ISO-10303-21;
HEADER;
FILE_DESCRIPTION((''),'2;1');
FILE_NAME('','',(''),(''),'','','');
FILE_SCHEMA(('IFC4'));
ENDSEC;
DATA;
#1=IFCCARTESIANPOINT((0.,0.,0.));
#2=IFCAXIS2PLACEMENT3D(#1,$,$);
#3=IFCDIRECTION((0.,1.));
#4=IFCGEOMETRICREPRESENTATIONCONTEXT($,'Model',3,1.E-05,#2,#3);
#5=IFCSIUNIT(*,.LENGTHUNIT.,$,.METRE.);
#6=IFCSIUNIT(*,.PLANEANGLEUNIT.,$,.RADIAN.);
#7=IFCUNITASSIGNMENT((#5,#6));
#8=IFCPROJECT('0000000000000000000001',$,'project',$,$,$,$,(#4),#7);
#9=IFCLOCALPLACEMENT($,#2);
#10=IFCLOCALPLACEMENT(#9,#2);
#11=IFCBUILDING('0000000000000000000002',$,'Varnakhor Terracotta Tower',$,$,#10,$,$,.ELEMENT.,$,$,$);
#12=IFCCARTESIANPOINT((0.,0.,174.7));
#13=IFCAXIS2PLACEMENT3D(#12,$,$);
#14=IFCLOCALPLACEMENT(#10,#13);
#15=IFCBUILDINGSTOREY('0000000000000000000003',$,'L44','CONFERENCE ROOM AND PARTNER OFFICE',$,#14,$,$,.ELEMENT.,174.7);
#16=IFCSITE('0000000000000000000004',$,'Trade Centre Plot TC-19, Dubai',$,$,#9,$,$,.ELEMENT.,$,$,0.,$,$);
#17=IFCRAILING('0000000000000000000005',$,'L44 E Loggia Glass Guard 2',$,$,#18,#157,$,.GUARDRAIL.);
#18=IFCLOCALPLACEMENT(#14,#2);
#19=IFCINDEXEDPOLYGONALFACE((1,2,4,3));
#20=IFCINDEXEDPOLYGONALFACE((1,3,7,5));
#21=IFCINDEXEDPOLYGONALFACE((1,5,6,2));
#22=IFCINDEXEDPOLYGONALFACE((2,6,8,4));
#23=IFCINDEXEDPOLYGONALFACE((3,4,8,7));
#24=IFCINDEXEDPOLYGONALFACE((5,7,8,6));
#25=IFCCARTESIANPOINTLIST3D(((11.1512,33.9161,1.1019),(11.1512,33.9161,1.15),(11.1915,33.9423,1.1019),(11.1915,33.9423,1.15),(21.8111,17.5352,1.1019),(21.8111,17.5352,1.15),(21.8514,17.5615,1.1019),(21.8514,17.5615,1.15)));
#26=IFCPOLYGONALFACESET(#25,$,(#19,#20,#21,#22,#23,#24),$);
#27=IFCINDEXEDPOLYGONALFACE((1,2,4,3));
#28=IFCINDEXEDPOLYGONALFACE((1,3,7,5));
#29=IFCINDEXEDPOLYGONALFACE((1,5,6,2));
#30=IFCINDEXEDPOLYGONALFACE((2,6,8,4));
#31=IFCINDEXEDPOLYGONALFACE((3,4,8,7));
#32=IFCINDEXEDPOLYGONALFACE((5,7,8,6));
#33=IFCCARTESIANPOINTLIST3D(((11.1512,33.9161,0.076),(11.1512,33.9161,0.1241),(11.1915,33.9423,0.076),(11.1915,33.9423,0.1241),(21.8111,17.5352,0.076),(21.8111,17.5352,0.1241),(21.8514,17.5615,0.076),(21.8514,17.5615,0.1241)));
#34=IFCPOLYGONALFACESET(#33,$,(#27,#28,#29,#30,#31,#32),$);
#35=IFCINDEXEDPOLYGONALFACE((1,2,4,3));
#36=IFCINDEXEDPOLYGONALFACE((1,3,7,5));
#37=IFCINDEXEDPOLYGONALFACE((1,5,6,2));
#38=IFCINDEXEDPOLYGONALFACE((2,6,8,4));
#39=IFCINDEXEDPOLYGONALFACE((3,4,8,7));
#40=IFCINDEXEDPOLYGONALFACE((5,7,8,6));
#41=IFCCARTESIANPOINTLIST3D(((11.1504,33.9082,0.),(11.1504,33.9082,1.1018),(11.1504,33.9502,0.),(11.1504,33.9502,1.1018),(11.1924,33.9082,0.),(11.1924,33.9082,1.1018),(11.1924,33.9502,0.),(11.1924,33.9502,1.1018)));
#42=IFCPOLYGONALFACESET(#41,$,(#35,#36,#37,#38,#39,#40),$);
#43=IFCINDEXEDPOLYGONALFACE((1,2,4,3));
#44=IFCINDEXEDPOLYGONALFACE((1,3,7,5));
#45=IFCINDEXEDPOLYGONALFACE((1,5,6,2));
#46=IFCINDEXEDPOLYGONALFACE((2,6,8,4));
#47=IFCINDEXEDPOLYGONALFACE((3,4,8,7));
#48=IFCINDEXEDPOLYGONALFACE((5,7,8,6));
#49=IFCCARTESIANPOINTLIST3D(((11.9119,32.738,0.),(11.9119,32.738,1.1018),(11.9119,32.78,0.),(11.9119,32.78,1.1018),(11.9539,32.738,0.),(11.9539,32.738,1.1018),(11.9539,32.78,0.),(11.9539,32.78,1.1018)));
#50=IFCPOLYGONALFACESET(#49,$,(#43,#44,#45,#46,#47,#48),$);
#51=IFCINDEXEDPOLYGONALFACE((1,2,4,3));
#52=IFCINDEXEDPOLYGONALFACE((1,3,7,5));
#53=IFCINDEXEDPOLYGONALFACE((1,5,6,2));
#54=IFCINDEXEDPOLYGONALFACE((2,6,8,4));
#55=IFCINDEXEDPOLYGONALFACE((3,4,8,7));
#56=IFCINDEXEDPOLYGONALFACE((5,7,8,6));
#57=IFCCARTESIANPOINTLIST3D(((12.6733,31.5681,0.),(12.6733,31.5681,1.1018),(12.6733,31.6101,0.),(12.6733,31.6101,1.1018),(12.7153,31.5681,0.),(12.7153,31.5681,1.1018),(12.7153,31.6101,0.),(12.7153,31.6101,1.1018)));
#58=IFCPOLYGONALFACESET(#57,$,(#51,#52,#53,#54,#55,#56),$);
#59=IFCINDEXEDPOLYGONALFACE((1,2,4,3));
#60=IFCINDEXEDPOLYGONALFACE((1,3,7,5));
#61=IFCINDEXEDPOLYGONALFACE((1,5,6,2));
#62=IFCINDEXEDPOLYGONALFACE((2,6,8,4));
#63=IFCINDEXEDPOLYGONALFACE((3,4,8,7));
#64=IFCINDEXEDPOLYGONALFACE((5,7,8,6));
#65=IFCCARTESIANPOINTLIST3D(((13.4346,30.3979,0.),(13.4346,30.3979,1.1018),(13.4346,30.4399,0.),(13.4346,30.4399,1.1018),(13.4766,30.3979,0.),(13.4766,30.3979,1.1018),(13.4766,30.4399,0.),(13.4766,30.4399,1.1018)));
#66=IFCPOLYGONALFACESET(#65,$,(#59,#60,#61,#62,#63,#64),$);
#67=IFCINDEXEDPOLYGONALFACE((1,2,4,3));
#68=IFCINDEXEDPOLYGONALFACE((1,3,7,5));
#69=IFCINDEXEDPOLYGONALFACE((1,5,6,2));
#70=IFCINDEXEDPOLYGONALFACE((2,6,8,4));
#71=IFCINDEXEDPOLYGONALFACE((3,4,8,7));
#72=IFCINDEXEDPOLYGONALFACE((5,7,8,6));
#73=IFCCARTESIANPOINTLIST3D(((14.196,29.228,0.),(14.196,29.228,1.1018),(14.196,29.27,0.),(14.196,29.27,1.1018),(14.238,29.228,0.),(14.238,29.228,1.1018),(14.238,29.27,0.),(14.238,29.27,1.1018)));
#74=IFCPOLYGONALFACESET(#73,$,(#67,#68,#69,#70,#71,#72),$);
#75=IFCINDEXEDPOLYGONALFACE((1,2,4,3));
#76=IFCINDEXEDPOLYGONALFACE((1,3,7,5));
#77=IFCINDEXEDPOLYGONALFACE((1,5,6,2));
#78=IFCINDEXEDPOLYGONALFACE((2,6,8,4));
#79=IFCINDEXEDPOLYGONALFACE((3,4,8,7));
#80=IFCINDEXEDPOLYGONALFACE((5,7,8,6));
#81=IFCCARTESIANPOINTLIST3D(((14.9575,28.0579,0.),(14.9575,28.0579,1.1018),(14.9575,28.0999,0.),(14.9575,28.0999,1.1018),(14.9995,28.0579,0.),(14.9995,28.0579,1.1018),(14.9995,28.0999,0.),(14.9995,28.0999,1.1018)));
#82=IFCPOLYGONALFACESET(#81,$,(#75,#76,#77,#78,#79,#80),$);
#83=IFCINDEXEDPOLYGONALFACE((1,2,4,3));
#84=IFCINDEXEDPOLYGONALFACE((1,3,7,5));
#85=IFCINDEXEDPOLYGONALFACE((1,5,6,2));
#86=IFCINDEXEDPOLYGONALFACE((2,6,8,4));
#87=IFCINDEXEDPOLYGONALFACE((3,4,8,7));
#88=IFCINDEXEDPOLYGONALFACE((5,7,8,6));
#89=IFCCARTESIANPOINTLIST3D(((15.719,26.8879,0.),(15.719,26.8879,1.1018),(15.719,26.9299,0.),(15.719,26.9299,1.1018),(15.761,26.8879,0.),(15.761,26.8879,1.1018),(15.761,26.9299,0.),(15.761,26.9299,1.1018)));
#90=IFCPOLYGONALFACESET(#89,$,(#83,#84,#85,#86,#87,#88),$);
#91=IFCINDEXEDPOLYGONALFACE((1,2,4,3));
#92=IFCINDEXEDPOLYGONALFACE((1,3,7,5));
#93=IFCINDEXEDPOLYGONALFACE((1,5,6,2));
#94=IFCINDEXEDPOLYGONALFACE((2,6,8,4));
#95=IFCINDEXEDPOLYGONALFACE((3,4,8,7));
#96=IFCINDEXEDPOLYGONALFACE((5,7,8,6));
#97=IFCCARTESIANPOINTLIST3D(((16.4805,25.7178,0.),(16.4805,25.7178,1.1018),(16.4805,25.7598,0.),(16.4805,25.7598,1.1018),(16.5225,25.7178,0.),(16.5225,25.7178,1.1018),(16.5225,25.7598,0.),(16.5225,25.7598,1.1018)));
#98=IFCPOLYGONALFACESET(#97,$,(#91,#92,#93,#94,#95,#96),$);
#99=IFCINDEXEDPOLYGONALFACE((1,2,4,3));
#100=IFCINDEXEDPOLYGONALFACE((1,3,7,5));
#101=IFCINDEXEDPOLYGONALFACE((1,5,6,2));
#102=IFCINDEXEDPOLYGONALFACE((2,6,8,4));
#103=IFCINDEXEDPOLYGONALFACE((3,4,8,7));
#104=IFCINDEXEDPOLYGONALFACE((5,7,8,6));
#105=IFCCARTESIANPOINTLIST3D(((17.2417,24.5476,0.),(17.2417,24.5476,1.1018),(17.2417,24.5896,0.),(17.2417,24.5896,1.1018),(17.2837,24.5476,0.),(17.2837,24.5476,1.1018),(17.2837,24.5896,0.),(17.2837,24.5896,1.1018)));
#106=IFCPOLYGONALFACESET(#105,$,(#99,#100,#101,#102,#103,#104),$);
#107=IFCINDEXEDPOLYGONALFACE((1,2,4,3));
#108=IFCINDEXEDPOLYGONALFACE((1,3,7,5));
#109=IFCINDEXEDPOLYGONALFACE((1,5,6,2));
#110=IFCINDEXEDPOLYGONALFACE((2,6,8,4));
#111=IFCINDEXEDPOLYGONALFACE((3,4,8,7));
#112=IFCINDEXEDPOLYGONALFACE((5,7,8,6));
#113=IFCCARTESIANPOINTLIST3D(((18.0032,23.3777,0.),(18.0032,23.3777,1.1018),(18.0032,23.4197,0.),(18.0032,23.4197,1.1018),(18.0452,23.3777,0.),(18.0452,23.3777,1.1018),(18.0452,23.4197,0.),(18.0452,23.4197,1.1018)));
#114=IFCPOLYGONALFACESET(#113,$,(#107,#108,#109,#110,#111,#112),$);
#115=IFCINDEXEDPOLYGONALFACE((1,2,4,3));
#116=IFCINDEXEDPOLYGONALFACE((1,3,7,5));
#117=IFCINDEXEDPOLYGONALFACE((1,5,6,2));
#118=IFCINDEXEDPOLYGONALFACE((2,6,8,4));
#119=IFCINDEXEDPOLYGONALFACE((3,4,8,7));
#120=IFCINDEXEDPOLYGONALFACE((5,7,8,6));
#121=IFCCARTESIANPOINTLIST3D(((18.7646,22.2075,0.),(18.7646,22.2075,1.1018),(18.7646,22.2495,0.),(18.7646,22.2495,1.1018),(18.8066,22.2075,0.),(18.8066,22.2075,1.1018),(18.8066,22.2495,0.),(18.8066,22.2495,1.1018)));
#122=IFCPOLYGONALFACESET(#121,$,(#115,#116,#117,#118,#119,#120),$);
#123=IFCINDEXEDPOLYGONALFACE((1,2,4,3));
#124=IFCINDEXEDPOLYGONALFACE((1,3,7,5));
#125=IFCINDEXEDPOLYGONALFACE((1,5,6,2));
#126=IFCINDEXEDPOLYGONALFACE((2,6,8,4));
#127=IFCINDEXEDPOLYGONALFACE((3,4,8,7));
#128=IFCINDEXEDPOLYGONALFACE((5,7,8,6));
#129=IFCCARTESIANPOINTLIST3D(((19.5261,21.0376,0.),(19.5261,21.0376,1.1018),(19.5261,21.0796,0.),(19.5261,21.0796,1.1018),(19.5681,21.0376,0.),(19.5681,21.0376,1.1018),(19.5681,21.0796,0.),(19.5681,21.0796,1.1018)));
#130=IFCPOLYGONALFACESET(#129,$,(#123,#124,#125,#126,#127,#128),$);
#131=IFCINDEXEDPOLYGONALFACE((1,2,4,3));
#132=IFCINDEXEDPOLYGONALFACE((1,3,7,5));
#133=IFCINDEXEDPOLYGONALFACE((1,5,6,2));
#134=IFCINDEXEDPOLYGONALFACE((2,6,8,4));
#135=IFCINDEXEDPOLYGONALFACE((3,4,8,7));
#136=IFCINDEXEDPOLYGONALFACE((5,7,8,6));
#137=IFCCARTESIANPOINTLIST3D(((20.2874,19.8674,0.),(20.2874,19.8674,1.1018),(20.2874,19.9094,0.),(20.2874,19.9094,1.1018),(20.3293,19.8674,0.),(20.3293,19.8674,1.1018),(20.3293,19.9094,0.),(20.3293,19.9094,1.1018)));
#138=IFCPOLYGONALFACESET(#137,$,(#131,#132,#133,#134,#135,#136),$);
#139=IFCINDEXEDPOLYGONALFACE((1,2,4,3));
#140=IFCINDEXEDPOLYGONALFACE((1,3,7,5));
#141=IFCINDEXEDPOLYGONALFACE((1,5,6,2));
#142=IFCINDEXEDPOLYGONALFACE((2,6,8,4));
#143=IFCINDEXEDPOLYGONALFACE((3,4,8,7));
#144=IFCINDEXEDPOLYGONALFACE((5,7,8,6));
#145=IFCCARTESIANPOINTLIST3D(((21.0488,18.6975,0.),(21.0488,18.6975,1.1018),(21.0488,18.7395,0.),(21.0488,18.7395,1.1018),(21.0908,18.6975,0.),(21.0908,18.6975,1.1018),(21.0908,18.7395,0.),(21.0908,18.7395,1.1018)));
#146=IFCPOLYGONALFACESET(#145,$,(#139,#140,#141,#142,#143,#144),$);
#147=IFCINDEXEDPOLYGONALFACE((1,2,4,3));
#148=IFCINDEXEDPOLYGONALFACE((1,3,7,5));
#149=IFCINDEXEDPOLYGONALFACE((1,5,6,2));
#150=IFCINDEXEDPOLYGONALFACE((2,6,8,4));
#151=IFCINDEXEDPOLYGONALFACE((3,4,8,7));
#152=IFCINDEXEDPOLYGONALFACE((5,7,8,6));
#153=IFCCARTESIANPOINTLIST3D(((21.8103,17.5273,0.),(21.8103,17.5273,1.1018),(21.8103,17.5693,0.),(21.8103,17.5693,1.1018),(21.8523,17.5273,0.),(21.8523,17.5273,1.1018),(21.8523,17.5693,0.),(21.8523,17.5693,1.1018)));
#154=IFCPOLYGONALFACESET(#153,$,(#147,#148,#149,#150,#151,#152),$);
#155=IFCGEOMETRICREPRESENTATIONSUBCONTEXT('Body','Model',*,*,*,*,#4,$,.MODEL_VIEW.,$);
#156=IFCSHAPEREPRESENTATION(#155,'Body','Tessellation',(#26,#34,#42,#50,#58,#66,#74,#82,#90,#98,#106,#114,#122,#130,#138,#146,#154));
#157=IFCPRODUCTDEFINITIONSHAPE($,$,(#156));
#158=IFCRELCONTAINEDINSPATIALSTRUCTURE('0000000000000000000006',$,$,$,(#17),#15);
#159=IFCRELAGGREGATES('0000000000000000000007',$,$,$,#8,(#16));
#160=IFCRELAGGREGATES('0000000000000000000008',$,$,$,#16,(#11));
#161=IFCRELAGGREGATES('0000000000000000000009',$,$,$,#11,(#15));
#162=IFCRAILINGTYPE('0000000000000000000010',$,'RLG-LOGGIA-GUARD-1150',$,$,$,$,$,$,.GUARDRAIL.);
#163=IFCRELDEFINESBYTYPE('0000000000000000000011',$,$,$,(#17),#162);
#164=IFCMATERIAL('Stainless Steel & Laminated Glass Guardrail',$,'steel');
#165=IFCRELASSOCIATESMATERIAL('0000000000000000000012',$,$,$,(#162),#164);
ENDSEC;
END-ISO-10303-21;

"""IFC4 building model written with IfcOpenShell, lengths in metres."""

from ifc_helpers import new_model, si_unit, direction, frame, origin, origin_2d, place, context, subcontext, project, spatial, rectangle, extrude, material, type_object, element, save


model = new_model("IFC4")

# Units and contexts
model_context = context("Model", 3, precision=1e-05, world=origin(), true_north=direction((0.0, 1.0)))
body_context = subcontext(model_context, "Body", "Model", "MODEL_VIEW")
ifc_project = project(units=[si_unit("LENGTHUNIT", "METRE"), si_unit("PLANEANGLEUNIT", "RADIAN")], contexts=[model_context])

# Site, building, storey
site_placement = place(None, origin())
site = spatial("IfcSite", under=ifc_project, at=site_placement, Name="Trade Centre Plot TC-19, Dubai", CompositionType="ELEMENT", RefElevation=0.0)
building_placement = place(site_placement, origin())
building = spatial("IfcBuilding", under=site, at=building_placement, Name="Varnakhor Terracotta Tower", CompositionType="ELEMENT")
storey_placement = place(building_placement, frame((0.0, 0.0, 174.7)))
storey = spatial("IfcBuildingStorey", under=building, at=storey_placement, Name="L44", Description="CONFERENCE ROOM AND PARTNER OFFICE", CompositionType="ELEMENT", Elevation=174.7)

# Railing
ifc_material_1 = material(Name="Stainless Steel & Laminated Glass Guardrail", Category="steel")
railing_type = type_object("IfcRailingType", Name="RLG-LOGGIA-GUARD-1150", PredefinedType="GUARDRAIL", material=ifc_material_1)
railing_1_placement = place(storey_placement, frame((11.1714, 33.9292, 0.0)))
element("IfcRailing", 1, at=railing_1_placement, inside=storey, type_object=railing_type, Name="L44 E Loggia Glass Guard 2", PredefinedType="GUARDRAIL", context=body_context, shape_type="SweptSolid", body=[
    extrude(rectangle(XDim=0.0481, YDim=0.0481, at=origin_2d()), frame((0.0, 0.0, 1.126), z_axis=(0.545433, -0.838155, 0.0), x_axis=(0.838155, 0.545433, 0.0)), (0.0, 0.0, 1.0), 19.5439),
    extrude(rectangle(XDim=0.0481, YDim=0.0481, at=origin_2d()), frame((0.0, 0.0, 0.1001), z_axis=(0.545433, -0.838155, 0.0), x_axis=(0.838155, 0.545433, 0.0)), (0.0, 0.0, 1.0), 19.5439),
    extrude(rectangle(XDim=0.042, YDim=0.042, at=origin_2d()), origin(), (0.0, 0.0, 1.0), 1.1018),
    extrude(rectangle(XDim=0.042, YDim=0.042, at=origin_2d()), frame((0.7615, -1.1702, 0.0)), (0.0, 0.0, 1.0), 1.1018),
    extrude(rectangle(XDim=0.042, YDim=0.042, at=origin_2d()), frame((1.5229, -2.3401, 0.0)), (0.0, 0.0, 1.0), 1.1018),
    extrude(rectangle(XDim=0.042, YDim=0.042, at=origin_2d()), frame((2.2842, -3.5103, 0.0)), (0.0, 0.0, 1.0), 1.1018),
    extrude(rectangle(XDim=0.042, YDim=0.042, at=origin_2d()), frame((3.0457, -4.6802, 0.0)), (0.0, 0.0, 1.0), 1.1018),
    extrude(rectangle(XDim=0.042, YDim=0.042, at=origin_2d()), frame((3.8071, -5.8503, 0.0)), (0.0, 0.0, 1.0), 1.1018),
    extrude(rectangle(XDim=0.042, YDim=0.042, at=origin_2d()), frame((4.5686, -7.0203, 0.0)), (0.0, 0.0, 1.0), 1.1018),
    extrude(rectangle(XDim=0.042, YDim=0.042, at=origin_2d()), frame((5.3301, -8.1904, 0.0)), (0.0, 0.0, 1.0), 1.1018),
    extrude(rectangle(XDim=0.042, YDim=0.042, at=origin_2d()), frame((6.0913, -9.3606, 0.0)), (0.0, 0.0, 1.0), 1.1018),
    extrude(rectangle(XDim=0.042, YDim=0.042, at=origin_2d()), frame((6.8528, -10.5305, 0.0)), (0.0, 0.0, 1.0), 1.1018),
    extrude(rectangle(XDim=0.042, YDim=0.042, at=origin_2d()), frame((7.6143, -11.7007, 0.0)), (0.0, 0.0, 1.0), 1.1018),
    extrude(rectangle(XDim=0.042, YDim=0.042, at=origin_2d()), frame((8.3757, -12.8706, 0.0)), (0.0, 0.0, 1.0), 1.1018),
    extrude(rectangle(XDim=0.042, YDim=0.042, at=origin_2d()), frame((9.137, -14.0408, 0.0)), (0.0, 0.0, 1.0), 1.1018),
    extrude(rectangle(XDim=0.042, YDim=0.042, at=origin_2d()), frame((9.8984, -15.2107, 0.0)), (0.0, 0.0, 1.0), 1.1018),
    extrude(rectangle(XDim=0.042, YDim=0.042, at=origin_2d()), frame((10.6599, -16.3809, 0.0)), (0.0, 0.0, 1.0), 1.1018),
])

save(model, "model.ifc")
